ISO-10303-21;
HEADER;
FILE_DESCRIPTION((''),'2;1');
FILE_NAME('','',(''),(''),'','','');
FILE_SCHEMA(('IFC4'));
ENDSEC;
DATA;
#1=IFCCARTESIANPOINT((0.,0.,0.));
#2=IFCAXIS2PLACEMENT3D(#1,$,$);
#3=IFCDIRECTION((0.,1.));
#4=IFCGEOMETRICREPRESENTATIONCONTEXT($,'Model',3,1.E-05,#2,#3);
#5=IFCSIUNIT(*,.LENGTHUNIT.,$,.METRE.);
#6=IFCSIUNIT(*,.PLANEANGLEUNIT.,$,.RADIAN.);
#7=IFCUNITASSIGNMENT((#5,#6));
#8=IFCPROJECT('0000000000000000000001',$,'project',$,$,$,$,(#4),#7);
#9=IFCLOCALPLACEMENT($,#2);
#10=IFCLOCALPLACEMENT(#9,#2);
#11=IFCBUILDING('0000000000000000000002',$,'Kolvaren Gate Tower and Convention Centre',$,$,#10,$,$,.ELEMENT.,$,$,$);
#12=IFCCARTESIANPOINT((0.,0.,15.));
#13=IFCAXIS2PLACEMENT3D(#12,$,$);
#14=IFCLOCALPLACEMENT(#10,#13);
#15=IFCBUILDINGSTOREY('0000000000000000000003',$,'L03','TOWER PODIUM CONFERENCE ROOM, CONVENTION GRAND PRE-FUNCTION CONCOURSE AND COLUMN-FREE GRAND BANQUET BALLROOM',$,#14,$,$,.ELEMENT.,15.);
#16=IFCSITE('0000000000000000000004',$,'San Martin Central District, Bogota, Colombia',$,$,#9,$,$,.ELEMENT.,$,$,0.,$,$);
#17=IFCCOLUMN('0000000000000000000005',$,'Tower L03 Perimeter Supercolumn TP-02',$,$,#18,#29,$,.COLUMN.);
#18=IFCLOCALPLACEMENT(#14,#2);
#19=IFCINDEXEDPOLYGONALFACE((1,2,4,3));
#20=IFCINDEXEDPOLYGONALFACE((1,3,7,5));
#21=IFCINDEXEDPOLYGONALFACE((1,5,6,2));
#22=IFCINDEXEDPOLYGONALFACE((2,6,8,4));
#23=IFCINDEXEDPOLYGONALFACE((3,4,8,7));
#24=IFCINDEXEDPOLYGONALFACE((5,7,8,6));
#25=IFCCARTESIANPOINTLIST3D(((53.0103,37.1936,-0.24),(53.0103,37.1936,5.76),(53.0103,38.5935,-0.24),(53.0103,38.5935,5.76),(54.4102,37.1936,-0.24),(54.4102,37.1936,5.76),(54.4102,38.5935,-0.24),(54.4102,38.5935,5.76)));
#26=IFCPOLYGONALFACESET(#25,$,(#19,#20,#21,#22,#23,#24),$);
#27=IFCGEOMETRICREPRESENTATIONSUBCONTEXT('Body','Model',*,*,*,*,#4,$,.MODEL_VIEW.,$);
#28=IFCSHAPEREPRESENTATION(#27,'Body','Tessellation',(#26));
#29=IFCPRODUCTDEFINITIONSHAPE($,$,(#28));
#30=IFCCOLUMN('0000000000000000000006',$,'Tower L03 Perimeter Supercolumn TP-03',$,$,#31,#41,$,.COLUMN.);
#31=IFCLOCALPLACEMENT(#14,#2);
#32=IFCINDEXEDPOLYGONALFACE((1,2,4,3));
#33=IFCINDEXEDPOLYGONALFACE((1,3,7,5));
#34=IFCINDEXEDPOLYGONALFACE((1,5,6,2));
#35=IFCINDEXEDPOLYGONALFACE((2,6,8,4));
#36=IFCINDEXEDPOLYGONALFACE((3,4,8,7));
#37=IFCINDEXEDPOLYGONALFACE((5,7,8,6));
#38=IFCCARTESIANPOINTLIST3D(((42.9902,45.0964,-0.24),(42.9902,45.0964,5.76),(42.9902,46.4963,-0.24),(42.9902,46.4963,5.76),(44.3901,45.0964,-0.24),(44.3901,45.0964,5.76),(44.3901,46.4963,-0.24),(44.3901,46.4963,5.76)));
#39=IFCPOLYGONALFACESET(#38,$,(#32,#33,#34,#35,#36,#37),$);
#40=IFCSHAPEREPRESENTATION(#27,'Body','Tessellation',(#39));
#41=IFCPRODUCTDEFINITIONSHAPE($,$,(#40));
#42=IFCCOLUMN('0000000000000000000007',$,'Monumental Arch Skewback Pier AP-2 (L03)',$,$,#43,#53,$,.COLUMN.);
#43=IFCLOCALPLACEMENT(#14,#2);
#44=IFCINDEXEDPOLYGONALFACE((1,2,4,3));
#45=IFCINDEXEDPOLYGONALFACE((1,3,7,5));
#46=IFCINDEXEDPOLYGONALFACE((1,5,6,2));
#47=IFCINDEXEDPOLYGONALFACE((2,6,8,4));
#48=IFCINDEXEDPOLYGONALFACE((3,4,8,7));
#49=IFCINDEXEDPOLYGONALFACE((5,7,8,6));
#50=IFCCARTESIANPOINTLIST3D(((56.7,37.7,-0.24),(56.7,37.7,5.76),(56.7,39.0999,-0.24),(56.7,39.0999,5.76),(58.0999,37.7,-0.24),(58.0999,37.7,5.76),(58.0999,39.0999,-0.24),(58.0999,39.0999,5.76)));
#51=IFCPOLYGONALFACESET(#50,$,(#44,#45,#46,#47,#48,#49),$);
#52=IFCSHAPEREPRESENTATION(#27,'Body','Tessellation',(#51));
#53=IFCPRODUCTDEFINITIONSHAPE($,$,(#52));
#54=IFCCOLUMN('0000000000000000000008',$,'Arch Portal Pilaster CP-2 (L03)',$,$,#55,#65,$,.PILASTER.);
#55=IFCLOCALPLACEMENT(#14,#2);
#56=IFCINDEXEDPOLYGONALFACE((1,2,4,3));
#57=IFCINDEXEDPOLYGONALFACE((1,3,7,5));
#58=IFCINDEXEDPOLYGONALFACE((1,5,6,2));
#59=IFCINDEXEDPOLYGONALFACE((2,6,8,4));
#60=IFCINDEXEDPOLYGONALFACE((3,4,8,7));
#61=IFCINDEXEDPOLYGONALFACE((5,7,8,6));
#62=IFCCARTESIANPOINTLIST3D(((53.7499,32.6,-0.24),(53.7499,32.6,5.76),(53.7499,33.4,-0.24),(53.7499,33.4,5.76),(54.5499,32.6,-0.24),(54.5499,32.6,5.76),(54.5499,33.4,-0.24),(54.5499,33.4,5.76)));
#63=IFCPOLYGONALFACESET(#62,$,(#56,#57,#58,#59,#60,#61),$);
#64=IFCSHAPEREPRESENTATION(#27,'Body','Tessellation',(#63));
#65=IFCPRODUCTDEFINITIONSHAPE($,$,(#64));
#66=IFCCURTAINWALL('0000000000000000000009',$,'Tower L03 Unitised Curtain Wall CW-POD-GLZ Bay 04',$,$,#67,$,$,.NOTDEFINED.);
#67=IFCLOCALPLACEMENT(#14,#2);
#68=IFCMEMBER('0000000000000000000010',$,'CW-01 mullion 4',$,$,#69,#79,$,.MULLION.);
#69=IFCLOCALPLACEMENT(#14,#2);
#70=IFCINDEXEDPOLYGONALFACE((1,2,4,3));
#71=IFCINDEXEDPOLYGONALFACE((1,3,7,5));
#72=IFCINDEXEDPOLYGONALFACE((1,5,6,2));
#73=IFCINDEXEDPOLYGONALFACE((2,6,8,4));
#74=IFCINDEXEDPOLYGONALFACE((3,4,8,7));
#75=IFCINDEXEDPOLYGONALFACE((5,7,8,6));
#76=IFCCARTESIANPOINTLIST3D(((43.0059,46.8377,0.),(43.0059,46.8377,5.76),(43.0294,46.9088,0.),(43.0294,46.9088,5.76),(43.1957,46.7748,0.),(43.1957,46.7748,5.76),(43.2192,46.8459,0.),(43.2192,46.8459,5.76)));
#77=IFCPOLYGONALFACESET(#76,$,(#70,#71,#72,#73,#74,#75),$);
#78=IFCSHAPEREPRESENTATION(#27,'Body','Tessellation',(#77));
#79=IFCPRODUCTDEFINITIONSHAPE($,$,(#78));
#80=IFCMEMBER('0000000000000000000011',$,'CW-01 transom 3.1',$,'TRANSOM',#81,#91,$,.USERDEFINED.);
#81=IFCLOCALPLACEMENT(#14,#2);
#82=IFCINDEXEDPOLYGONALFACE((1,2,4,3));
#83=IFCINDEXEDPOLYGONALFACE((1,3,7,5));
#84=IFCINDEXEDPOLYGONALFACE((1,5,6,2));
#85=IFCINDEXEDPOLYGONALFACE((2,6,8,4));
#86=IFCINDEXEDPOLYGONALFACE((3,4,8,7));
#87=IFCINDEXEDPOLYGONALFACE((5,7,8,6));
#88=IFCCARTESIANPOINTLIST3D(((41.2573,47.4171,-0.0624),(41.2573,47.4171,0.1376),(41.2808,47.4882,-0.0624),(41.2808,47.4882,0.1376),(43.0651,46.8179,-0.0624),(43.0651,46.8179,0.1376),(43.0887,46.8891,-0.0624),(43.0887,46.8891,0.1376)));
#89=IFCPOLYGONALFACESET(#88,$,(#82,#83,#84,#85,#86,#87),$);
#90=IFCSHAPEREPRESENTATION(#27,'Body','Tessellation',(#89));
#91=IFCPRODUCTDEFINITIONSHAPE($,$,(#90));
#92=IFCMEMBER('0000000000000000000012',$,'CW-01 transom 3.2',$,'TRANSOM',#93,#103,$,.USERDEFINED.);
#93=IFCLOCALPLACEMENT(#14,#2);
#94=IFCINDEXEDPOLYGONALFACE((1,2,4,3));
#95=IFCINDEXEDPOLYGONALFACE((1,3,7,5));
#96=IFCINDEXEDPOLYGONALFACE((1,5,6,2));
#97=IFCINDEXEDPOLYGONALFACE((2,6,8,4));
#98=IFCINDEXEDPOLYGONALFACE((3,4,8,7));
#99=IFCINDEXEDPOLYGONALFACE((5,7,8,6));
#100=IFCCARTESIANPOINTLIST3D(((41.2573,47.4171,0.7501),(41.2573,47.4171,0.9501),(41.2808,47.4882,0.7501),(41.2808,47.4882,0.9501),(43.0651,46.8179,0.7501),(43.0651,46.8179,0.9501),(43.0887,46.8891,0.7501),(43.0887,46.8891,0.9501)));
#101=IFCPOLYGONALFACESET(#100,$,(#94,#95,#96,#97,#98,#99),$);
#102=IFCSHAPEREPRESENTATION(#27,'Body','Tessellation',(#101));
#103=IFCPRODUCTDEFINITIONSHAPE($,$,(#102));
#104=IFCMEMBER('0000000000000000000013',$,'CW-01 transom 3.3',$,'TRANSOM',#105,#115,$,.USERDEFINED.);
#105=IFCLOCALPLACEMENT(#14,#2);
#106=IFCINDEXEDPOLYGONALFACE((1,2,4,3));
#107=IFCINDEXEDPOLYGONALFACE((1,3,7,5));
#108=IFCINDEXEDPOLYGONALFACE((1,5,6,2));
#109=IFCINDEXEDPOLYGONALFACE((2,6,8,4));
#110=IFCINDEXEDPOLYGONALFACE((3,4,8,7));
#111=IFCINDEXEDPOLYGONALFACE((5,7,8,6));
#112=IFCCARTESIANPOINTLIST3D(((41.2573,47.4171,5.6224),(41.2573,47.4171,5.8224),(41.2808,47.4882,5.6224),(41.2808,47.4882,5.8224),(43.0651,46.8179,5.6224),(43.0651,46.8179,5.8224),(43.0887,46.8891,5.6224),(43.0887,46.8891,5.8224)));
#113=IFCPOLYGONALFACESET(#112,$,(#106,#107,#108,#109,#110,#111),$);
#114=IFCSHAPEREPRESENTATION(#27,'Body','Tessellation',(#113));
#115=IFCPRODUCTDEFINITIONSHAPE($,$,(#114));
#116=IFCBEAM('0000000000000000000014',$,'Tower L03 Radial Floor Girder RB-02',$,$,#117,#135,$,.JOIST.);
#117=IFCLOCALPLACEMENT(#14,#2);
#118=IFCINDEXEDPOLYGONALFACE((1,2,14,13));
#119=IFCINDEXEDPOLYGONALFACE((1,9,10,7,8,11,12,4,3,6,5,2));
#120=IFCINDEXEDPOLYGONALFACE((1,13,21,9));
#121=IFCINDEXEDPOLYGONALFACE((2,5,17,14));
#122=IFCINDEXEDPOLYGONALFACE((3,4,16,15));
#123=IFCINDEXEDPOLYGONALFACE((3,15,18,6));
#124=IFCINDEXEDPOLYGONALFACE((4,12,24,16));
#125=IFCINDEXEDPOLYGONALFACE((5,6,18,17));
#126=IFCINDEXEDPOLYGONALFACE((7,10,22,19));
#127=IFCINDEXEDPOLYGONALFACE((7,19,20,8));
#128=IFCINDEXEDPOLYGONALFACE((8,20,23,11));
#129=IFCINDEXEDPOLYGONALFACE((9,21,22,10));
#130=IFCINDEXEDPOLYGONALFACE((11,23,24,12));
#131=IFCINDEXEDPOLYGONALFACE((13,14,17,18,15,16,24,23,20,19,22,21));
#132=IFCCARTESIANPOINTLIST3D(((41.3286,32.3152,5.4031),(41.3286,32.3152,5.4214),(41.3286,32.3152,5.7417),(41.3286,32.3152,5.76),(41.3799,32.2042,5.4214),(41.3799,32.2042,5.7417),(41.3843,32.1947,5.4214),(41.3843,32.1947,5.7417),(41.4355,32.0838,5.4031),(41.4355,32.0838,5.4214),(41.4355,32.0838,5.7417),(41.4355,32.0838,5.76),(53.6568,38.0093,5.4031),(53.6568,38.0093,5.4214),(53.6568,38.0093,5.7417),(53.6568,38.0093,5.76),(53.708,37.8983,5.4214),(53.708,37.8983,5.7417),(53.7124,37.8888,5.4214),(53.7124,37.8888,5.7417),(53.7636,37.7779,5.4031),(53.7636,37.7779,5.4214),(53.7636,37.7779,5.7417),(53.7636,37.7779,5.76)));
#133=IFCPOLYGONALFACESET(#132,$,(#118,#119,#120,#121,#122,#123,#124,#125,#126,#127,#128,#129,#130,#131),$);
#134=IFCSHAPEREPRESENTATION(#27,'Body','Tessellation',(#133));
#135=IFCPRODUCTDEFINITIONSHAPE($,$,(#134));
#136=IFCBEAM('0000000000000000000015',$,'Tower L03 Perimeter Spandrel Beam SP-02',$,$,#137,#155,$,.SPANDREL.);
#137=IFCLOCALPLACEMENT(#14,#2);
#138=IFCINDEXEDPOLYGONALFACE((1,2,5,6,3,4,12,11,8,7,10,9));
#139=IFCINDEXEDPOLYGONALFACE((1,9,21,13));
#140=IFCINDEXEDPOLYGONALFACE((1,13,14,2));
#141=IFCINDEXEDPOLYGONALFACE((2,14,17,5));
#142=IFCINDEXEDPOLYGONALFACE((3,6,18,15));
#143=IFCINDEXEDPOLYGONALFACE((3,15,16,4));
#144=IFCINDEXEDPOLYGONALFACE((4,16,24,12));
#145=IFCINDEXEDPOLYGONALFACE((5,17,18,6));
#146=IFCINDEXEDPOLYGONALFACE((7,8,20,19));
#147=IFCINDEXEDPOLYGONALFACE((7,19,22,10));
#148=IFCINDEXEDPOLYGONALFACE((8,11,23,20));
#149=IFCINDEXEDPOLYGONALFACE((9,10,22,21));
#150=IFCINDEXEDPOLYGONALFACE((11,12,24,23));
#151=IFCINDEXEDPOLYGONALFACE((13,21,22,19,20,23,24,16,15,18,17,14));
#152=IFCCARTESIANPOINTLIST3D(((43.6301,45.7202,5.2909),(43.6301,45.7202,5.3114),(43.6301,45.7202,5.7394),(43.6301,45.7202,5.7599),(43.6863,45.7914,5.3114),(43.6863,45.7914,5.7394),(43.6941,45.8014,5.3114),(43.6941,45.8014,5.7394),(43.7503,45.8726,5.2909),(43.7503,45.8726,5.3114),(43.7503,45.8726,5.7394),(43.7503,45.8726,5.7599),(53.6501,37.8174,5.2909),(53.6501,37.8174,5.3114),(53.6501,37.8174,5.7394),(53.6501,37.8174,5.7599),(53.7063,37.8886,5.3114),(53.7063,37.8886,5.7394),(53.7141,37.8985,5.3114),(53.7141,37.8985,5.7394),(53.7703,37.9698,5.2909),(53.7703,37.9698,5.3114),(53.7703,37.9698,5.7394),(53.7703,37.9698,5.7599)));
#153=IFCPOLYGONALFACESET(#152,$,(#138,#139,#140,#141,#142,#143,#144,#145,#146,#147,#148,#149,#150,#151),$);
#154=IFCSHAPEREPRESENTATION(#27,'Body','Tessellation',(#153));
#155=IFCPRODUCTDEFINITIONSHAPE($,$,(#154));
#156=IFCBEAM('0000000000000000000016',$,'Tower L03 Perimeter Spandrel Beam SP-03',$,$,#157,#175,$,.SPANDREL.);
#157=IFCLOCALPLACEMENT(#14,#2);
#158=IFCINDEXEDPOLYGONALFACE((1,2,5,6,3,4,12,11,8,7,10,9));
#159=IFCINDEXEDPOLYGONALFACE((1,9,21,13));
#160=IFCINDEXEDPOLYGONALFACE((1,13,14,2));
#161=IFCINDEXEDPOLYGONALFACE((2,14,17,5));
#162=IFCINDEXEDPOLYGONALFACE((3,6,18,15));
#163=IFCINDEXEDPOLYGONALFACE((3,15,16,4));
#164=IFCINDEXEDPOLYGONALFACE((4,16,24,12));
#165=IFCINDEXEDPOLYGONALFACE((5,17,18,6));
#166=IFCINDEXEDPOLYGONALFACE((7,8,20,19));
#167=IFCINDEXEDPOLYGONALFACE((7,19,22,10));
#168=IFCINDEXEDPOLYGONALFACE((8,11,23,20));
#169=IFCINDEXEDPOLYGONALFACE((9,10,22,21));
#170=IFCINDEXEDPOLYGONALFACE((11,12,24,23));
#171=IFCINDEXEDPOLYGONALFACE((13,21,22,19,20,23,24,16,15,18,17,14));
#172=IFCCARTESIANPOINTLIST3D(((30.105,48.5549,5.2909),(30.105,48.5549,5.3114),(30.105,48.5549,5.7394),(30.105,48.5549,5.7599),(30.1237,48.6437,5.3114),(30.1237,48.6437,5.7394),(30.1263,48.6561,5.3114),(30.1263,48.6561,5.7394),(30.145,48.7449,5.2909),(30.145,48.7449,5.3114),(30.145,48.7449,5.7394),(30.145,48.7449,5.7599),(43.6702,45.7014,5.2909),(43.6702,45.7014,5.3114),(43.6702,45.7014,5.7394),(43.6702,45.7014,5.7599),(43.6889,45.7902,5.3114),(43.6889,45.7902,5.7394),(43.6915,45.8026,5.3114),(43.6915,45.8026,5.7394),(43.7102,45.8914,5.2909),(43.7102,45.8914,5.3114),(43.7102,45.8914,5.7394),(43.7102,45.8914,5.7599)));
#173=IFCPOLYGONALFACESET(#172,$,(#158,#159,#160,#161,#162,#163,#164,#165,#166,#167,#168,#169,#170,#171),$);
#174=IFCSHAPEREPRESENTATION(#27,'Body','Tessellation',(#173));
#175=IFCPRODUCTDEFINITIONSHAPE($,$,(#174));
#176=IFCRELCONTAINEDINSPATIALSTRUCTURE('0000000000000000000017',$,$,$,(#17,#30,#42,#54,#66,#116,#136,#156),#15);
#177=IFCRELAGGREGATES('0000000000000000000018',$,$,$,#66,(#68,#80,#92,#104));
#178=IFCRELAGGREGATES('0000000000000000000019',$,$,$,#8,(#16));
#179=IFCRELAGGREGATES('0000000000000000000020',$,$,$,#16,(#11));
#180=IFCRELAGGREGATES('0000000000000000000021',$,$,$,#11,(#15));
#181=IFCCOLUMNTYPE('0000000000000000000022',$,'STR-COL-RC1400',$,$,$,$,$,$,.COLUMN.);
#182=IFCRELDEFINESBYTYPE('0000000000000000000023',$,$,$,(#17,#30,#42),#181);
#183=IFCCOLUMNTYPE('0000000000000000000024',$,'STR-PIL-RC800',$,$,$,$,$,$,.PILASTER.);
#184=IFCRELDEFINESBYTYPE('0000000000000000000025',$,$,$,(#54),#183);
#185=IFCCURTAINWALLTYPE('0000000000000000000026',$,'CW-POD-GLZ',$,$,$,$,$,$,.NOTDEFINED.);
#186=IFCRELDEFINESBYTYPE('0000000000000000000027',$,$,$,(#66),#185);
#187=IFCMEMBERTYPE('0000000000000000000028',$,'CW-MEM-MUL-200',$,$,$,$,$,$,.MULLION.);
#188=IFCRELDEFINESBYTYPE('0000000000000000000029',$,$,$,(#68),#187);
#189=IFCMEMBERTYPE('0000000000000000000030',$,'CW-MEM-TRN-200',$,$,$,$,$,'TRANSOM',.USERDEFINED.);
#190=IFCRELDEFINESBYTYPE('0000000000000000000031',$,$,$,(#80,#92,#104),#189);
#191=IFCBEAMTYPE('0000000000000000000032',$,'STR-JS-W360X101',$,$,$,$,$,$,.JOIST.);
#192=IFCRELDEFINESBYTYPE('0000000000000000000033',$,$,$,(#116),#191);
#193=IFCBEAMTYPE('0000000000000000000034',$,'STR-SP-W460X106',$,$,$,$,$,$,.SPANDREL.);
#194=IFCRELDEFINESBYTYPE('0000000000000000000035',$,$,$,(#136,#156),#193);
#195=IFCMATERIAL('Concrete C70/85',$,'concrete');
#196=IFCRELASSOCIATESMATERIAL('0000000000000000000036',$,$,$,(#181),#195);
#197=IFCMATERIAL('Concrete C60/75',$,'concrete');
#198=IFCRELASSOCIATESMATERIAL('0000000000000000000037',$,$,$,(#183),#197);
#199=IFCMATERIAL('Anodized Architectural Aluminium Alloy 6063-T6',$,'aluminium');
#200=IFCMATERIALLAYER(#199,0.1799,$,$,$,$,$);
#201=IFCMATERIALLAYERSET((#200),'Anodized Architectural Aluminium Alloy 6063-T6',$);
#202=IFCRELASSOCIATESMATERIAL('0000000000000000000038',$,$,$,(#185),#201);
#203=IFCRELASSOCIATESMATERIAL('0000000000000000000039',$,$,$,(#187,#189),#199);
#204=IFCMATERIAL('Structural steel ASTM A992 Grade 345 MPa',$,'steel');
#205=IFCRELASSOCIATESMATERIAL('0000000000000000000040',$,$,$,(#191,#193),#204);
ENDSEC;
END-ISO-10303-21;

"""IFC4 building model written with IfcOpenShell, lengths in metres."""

from ifc_helpers import new_model, si_unit, direction, frame, origin, origin_2d, place, context, subcontext, project, spatial, rectangle, i_section, extrude, material, layer, layer_set, material_profile, profile_set, type_object, element, aggregate, save


model = new_model("IFC4")

# Units and contexts
model_context = context("Model", 3, precision=1e-05, world=origin(), true_north=direction((0.0, 1.0)))
body_context = subcontext(model_context, "Body", "Model", "MODEL_VIEW")
ifc_project = project(units=[si_unit("LENGTHUNIT", "METRE"), si_unit("PLANEANGLEUNIT", "RADIAN")], contexts=[model_context])

# Site, building, storey
site_placement = place(None, origin())
site = spatial("IfcSite", under=ifc_project, at=site_placement, Name="San Martin Central District, Bogota, Colombia", CompositionType="ELEMENT", RefElevation=0.0)
building_placement = place(site_placement, origin())
building = spatial("IfcBuilding", under=site, at=building_placement, Name="Kolvaren Gate Tower and Convention Centre", CompositionType="ELEMENT")
storey_placement = place(building_placement, frame((0.0, 0.0, 15.0)))
storey = spatial("IfcBuildingStorey", under=building, at=storey_placement, Name="L03", Description="TOWER PODIUM CONFERENCE ROOM, CONVENTION GRAND PRE-FUNCTION CONCOURSE AND COLUMN-FREE GRAND BANQUET BALLROOM", CompositionType="ELEMENT", Elevation=15.0)

# Columns
ifc_material_1 = material(Name="Concrete C70/85", Category="concrete")
ifc_material_profile_1 = material_profile(ifc_material_1, rectangle(XDim=1.3999, YDim=1.3999, at=origin_2d()), Name="RC-COL-1400X1400")
ifc_profile_set_1 = profile_set([ifc_material_profile_1], Name="Concrete C70/85")
column_type_1 = type_object("IfcColumnType", Name="STR-COL-RC1400", PredefinedType="COLUMN", material=ifc_profile_set_1)
for number, where, z_axis, x_axis, name in (
    (1, (53.7102, 37.8936, -0.24), (0.0, 0.0, 1.0), (1.0, 0.0, 0.0), "Tower L03 Perimeter Supercolumn TP-02"),
    (2, (43.6902, 45.7964, -0.24), (0.0, 0.0, 1.0), (1.0, 0.0, 0.0), "Tower L03 Perimeter Supercolumn TP-03"),
    (3, (57.3999, 38.3999, -0.24), (0.0, 0.0, 1.0), (1.0, 0.0, 0.0), "Monumental Arch Skewback Pier AP-2 (L03)"),
):
    element("IfcColumn", number, at=place(storey_placement, frame(where, z_axis=z_axis, x_axis=x_axis)), inside=storey, type_object=column_type_1, Name=name, PredefinedType="COLUMN", context=body_context, shape_type="SweptSolid", body=[
        extrude(rectangle(XDim=1.3999, YDim=1.3999, at=origin_2d()), origin(), (0.0, 0.0, 1.0), 6.0),
    ])
ifc_material_2 = material(Name="Concrete C60/75", Category="concrete")
ifc_material_profile_2 = material_profile(ifc_material_2, rectangle(XDim=0.8, YDim=0.8, at=origin_2d()), Name="RC-COL-800X800")
ifc_profile_set_2 = profile_set([ifc_material_profile_2], Name="Concrete C60/75")
column_type_2 = type_object("IfcColumnType", Name="STR-PIL-RC800", PredefinedType="PILASTER", material=ifc_profile_set_2)
column_placement = place(storey_placement, frame((54.1499, 33.0, -0.24), z_axis=(0.0, 0.0, 1.0), x_axis=(1.0, 0.0, 0.0)))
element("IfcColumn", 4, at=column_placement, inside=storey, type_object=column_type_2, Name="Arch Portal Pilaster CP-2 (L03)", PredefinedType="PILASTER", context=body_context, shape_type="SweptSolid", body=[
    extrude(rectangle(XDim=0.8, YDim=0.8, at=origin_2d()), origin(), (0.0, 0.0, 1.0), 6.0),
])

# Curtain wall, members
ifc_material_3 = material(Name="Anodized Architectural Aluminium Alloy 6063-T6", Category="aluminium")
ifc_layer_1 = layer(ifc_material_3, 0.1799)
ifc_layer_set_1 = layer_set([ifc_layer_1], Name="Anodized Architectural Aluminium Alloy 6063-T6")
curtain_wall_type = type_object("IfcCurtainWallType", Name="CW-POD-GLZ", PredefinedType="NOTDEFINED", material=ifc_layer_set_1)
curtain_wall_placement = place(storey_placement, origin())
curtain_wall = element("IfcCurtainWall", 5, at=curtain_wall_placement, inside=storey, type_object=curtain_wall_type, Name="Tower L03 Unitised Curtain Wall CW-POD-GLZ Bay 04", PredefinedType="NOTDEFINED")
ifc_material_profile_3 = material_profile(ifc_material_3, rectangle(XDim=0.075, YDim=0.2, at=origin_2d()), Name="CW-MEM-MUL-200")
ifc_profile_set_3 = profile_set([ifc_material_profile_3], Name="Anodized Architectural Aluminium Alloy 6063-T6")
member_type_1 = type_object("IfcMemberType", Name="CW-MEM-MUL-200", PredefinedType="MULLION", material=ifc_profile_set_3)
member_1_placement = place(storey_placement, frame((43.1125, 46.8418, 0.0), z_axis=(0.0, 0.0, 1.0), x_axis=(0.314542, 0.949244, 0.0)))
member_1 = element("IfcMember", 6, at=member_1_placement, type_object=member_type_1, Name="CW-01 mullion 4", PredefinedType="MULLION", context=body_context, shape_type="SweptSolid", body=[
    extrude(rectangle(XDim=0.075, YDim=0.2, at=origin_2d()), origin(), (0.0, 0.0, 1.0), 5.76),
])
ifc_material_profile_4 = material_profile(ifc_material_3, rectangle(XDim=0.075, YDim=0.2, at=origin_2d()), Name="CW-MEM-TRN-200")
ifc_profile_set_4 = profile_set([ifc_material_profile_4], Name="Anodized Architectural Aluminium Alloy 6063-T6")
member_type_2 = type_object("IfcMemberType", Name="CW-MEM-TRN-200", ElementType="TRANSOM", PredefinedType="USERDEFINED", material=ifc_profile_set_4)
member_2_placement = place(storey_placement, frame((41.269, 47.4526, 0.0376), z_axis=(0.949233, -0.314574, 0.0), x_axis=(0.314574, 0.949233, 0.0)))
member_2 = element("IfcMember", 7, at=member_2_placement, type_object=member_type_2, Name="CW-01 transom 3.1", ObjectType="TRANSOM", PredefinedType="USERDEFINED", context=body_context, shape_type="SweptSolid", body=[
    extrude(rectangle(XDim=0.075, YDim=0.2, at=origin_2d()), origin(), (0.0, 0.0, 1.0), 1.9045),
])
member_3_placement = place(storey_placement, frame((41.269, 47.4526, 0.8501), z_axis=(0.949233, -0.314574, 0.0), x_axis=(0.314574, 0.949233, 0.0)))
member_3 = element("IfcMember", 8, at=member_3_placement, type_object=member_type_2, Name="CW-01 transom 3.2", ObjectType="TRANSOM", PredefinedType="USERDEFINED", context=body_context, shape_type="SweptSolid", body=[
    extrude(rectangle(XDim=0.075, YDim=0.2, at=origin_2d()), origin(), (0.0, 0.0, 1.0), 1.9045),
])
member_4_placement = place(storey_placement, frame((41.269, 47.4526, 5.7224), z_axis=(0.949233, -0.314574, 0.0), x_axis=(0.314574, 0.949233, 0.0)))
member_4 = element("IfcMember", 9, at=member_4_placement, type_object=member_type_2, Name="CW-01 transom 3.3", ObjectType="TRANSOM", PredefinedType="USERDEFINED", context=body_context, shape_type="SweptSolid", body=[
    extrude(rectangle(XDim=0.075, YDim=0.2, at=origin_2d()), origin(), (0.0, 0.0, 1.0), 1.9045),
])

# Beams
ifc_material_4 = material(Name="Structural steel ASTM A992 Grade 345 MPa", Category="steel")
ifc_material_profile_5 = material_profile(ifc_material_4, i_section(OverallWidth=0.2549, OverallDepth=0.3569, WebThickness=0.0105, FlangeThickness=0.0183, at=origin_2d()), Name="W360X101")
ifc_profile_set_5 = profile_set([ifc_material_profile_5], Name="Structural steel ASTM A992 Grade 345 MPa")
beam_type_1 = type_object("IfcBeamType", Name="STR-JS-W360X101", PredefinedType="JOIST", material=ifc_profile_set_5)
beam_1_placement = place(storey_placement, frame((41.3821, 32.1995, 5.5815), z_axis=(0.907842, 0.419312, 0.0), x_axis=(-0.419312, 0.907842, 0.0)))
element("IfcBeam", 10, at=beam_1_placement, inside=storey, type_object=beam_type_1, Name="Tower L03 Radial Floor Girder RB-02", PredefinedType="JOIST", context=body_context, shape_type="SweptSolid", body=[
    extrude(i_section(OverallWidth=0.2549, OverallDepth=0.3569, WebThickness=0.0105, FlangeThickness=0.0183, at=origin_2d()), origin(), (0.0, 0.0, 1.0), 13.5796),
])
ifc_material_profile_6 = material_profile(ifc_material_4, i_section(OverallWidth=0.1941, OverallDepth=0.469, WebThickness=0.0127, FlangeThickness=0.0205, at=origin_2d()), Name="W460X106")
ifc_profile_set_6 = profile_set([ifc_material_profile_6], Name="Structural steel ASTM A992 Grade 345 MPa")
beam_type_2 = type_object("IfcBeamType", Name="STR-SP-W460X106", PredefinedType="SPANDREL", material=ifc_profile_set_6)
beam_2_placement = place(storey_placement, frame((53.7102, 37.8936, 5.5254), z_axis=(-0.785176, 0.619272, 0.0), x_axis=(-0.619272, -0.785176, 0.0)))
element("IfcBeam", 11, at=beam_2_placement, inside=storey, type_object=beam_type_2, Name="Tower L03 Perimeter Spandrel Beam SP-02", PredefinedType="SPANDREL", context=body_context, shape_type="SweptSolid", body=[
    extrude(i_section(OverallWidth=0.1941, OverallDepth=0.469, WebThickness=0.0127, FlangeThickness=0.0205, at=origin_2d()), origin(), (0.0, 0.0, 1.0), 12.7615),
])
beam_3_placement = place(storey_placement, frame((43.6902, 45.7964, 5.5254), z_axis=(-0.978583, 0.205851, 0.0), x_axis=(-0.205851, -0.978583, 0.0)))
element("IfcBeam", 12, at=beam_3_placement, inside=storey, type_object=beam_type_2, Name="Tower L03 Perimeter Spandrel Beam SP-03", PredefinedType="SPANDREL", context=body_context, shape_type="SweptSolid", body=[
    extrude(i_section(OverallWidth=0.1941, OverallDepth=0.469, WebThickness=0.0127, FlangeThickness=0.0205, at=origin_2d()), origin(), (0.0, 0.0, 1.0), 13.8621),
])

aggregate(curtain_wall, [member_1, member_2, member_3, member_4])

save(model, "model.ifc")
